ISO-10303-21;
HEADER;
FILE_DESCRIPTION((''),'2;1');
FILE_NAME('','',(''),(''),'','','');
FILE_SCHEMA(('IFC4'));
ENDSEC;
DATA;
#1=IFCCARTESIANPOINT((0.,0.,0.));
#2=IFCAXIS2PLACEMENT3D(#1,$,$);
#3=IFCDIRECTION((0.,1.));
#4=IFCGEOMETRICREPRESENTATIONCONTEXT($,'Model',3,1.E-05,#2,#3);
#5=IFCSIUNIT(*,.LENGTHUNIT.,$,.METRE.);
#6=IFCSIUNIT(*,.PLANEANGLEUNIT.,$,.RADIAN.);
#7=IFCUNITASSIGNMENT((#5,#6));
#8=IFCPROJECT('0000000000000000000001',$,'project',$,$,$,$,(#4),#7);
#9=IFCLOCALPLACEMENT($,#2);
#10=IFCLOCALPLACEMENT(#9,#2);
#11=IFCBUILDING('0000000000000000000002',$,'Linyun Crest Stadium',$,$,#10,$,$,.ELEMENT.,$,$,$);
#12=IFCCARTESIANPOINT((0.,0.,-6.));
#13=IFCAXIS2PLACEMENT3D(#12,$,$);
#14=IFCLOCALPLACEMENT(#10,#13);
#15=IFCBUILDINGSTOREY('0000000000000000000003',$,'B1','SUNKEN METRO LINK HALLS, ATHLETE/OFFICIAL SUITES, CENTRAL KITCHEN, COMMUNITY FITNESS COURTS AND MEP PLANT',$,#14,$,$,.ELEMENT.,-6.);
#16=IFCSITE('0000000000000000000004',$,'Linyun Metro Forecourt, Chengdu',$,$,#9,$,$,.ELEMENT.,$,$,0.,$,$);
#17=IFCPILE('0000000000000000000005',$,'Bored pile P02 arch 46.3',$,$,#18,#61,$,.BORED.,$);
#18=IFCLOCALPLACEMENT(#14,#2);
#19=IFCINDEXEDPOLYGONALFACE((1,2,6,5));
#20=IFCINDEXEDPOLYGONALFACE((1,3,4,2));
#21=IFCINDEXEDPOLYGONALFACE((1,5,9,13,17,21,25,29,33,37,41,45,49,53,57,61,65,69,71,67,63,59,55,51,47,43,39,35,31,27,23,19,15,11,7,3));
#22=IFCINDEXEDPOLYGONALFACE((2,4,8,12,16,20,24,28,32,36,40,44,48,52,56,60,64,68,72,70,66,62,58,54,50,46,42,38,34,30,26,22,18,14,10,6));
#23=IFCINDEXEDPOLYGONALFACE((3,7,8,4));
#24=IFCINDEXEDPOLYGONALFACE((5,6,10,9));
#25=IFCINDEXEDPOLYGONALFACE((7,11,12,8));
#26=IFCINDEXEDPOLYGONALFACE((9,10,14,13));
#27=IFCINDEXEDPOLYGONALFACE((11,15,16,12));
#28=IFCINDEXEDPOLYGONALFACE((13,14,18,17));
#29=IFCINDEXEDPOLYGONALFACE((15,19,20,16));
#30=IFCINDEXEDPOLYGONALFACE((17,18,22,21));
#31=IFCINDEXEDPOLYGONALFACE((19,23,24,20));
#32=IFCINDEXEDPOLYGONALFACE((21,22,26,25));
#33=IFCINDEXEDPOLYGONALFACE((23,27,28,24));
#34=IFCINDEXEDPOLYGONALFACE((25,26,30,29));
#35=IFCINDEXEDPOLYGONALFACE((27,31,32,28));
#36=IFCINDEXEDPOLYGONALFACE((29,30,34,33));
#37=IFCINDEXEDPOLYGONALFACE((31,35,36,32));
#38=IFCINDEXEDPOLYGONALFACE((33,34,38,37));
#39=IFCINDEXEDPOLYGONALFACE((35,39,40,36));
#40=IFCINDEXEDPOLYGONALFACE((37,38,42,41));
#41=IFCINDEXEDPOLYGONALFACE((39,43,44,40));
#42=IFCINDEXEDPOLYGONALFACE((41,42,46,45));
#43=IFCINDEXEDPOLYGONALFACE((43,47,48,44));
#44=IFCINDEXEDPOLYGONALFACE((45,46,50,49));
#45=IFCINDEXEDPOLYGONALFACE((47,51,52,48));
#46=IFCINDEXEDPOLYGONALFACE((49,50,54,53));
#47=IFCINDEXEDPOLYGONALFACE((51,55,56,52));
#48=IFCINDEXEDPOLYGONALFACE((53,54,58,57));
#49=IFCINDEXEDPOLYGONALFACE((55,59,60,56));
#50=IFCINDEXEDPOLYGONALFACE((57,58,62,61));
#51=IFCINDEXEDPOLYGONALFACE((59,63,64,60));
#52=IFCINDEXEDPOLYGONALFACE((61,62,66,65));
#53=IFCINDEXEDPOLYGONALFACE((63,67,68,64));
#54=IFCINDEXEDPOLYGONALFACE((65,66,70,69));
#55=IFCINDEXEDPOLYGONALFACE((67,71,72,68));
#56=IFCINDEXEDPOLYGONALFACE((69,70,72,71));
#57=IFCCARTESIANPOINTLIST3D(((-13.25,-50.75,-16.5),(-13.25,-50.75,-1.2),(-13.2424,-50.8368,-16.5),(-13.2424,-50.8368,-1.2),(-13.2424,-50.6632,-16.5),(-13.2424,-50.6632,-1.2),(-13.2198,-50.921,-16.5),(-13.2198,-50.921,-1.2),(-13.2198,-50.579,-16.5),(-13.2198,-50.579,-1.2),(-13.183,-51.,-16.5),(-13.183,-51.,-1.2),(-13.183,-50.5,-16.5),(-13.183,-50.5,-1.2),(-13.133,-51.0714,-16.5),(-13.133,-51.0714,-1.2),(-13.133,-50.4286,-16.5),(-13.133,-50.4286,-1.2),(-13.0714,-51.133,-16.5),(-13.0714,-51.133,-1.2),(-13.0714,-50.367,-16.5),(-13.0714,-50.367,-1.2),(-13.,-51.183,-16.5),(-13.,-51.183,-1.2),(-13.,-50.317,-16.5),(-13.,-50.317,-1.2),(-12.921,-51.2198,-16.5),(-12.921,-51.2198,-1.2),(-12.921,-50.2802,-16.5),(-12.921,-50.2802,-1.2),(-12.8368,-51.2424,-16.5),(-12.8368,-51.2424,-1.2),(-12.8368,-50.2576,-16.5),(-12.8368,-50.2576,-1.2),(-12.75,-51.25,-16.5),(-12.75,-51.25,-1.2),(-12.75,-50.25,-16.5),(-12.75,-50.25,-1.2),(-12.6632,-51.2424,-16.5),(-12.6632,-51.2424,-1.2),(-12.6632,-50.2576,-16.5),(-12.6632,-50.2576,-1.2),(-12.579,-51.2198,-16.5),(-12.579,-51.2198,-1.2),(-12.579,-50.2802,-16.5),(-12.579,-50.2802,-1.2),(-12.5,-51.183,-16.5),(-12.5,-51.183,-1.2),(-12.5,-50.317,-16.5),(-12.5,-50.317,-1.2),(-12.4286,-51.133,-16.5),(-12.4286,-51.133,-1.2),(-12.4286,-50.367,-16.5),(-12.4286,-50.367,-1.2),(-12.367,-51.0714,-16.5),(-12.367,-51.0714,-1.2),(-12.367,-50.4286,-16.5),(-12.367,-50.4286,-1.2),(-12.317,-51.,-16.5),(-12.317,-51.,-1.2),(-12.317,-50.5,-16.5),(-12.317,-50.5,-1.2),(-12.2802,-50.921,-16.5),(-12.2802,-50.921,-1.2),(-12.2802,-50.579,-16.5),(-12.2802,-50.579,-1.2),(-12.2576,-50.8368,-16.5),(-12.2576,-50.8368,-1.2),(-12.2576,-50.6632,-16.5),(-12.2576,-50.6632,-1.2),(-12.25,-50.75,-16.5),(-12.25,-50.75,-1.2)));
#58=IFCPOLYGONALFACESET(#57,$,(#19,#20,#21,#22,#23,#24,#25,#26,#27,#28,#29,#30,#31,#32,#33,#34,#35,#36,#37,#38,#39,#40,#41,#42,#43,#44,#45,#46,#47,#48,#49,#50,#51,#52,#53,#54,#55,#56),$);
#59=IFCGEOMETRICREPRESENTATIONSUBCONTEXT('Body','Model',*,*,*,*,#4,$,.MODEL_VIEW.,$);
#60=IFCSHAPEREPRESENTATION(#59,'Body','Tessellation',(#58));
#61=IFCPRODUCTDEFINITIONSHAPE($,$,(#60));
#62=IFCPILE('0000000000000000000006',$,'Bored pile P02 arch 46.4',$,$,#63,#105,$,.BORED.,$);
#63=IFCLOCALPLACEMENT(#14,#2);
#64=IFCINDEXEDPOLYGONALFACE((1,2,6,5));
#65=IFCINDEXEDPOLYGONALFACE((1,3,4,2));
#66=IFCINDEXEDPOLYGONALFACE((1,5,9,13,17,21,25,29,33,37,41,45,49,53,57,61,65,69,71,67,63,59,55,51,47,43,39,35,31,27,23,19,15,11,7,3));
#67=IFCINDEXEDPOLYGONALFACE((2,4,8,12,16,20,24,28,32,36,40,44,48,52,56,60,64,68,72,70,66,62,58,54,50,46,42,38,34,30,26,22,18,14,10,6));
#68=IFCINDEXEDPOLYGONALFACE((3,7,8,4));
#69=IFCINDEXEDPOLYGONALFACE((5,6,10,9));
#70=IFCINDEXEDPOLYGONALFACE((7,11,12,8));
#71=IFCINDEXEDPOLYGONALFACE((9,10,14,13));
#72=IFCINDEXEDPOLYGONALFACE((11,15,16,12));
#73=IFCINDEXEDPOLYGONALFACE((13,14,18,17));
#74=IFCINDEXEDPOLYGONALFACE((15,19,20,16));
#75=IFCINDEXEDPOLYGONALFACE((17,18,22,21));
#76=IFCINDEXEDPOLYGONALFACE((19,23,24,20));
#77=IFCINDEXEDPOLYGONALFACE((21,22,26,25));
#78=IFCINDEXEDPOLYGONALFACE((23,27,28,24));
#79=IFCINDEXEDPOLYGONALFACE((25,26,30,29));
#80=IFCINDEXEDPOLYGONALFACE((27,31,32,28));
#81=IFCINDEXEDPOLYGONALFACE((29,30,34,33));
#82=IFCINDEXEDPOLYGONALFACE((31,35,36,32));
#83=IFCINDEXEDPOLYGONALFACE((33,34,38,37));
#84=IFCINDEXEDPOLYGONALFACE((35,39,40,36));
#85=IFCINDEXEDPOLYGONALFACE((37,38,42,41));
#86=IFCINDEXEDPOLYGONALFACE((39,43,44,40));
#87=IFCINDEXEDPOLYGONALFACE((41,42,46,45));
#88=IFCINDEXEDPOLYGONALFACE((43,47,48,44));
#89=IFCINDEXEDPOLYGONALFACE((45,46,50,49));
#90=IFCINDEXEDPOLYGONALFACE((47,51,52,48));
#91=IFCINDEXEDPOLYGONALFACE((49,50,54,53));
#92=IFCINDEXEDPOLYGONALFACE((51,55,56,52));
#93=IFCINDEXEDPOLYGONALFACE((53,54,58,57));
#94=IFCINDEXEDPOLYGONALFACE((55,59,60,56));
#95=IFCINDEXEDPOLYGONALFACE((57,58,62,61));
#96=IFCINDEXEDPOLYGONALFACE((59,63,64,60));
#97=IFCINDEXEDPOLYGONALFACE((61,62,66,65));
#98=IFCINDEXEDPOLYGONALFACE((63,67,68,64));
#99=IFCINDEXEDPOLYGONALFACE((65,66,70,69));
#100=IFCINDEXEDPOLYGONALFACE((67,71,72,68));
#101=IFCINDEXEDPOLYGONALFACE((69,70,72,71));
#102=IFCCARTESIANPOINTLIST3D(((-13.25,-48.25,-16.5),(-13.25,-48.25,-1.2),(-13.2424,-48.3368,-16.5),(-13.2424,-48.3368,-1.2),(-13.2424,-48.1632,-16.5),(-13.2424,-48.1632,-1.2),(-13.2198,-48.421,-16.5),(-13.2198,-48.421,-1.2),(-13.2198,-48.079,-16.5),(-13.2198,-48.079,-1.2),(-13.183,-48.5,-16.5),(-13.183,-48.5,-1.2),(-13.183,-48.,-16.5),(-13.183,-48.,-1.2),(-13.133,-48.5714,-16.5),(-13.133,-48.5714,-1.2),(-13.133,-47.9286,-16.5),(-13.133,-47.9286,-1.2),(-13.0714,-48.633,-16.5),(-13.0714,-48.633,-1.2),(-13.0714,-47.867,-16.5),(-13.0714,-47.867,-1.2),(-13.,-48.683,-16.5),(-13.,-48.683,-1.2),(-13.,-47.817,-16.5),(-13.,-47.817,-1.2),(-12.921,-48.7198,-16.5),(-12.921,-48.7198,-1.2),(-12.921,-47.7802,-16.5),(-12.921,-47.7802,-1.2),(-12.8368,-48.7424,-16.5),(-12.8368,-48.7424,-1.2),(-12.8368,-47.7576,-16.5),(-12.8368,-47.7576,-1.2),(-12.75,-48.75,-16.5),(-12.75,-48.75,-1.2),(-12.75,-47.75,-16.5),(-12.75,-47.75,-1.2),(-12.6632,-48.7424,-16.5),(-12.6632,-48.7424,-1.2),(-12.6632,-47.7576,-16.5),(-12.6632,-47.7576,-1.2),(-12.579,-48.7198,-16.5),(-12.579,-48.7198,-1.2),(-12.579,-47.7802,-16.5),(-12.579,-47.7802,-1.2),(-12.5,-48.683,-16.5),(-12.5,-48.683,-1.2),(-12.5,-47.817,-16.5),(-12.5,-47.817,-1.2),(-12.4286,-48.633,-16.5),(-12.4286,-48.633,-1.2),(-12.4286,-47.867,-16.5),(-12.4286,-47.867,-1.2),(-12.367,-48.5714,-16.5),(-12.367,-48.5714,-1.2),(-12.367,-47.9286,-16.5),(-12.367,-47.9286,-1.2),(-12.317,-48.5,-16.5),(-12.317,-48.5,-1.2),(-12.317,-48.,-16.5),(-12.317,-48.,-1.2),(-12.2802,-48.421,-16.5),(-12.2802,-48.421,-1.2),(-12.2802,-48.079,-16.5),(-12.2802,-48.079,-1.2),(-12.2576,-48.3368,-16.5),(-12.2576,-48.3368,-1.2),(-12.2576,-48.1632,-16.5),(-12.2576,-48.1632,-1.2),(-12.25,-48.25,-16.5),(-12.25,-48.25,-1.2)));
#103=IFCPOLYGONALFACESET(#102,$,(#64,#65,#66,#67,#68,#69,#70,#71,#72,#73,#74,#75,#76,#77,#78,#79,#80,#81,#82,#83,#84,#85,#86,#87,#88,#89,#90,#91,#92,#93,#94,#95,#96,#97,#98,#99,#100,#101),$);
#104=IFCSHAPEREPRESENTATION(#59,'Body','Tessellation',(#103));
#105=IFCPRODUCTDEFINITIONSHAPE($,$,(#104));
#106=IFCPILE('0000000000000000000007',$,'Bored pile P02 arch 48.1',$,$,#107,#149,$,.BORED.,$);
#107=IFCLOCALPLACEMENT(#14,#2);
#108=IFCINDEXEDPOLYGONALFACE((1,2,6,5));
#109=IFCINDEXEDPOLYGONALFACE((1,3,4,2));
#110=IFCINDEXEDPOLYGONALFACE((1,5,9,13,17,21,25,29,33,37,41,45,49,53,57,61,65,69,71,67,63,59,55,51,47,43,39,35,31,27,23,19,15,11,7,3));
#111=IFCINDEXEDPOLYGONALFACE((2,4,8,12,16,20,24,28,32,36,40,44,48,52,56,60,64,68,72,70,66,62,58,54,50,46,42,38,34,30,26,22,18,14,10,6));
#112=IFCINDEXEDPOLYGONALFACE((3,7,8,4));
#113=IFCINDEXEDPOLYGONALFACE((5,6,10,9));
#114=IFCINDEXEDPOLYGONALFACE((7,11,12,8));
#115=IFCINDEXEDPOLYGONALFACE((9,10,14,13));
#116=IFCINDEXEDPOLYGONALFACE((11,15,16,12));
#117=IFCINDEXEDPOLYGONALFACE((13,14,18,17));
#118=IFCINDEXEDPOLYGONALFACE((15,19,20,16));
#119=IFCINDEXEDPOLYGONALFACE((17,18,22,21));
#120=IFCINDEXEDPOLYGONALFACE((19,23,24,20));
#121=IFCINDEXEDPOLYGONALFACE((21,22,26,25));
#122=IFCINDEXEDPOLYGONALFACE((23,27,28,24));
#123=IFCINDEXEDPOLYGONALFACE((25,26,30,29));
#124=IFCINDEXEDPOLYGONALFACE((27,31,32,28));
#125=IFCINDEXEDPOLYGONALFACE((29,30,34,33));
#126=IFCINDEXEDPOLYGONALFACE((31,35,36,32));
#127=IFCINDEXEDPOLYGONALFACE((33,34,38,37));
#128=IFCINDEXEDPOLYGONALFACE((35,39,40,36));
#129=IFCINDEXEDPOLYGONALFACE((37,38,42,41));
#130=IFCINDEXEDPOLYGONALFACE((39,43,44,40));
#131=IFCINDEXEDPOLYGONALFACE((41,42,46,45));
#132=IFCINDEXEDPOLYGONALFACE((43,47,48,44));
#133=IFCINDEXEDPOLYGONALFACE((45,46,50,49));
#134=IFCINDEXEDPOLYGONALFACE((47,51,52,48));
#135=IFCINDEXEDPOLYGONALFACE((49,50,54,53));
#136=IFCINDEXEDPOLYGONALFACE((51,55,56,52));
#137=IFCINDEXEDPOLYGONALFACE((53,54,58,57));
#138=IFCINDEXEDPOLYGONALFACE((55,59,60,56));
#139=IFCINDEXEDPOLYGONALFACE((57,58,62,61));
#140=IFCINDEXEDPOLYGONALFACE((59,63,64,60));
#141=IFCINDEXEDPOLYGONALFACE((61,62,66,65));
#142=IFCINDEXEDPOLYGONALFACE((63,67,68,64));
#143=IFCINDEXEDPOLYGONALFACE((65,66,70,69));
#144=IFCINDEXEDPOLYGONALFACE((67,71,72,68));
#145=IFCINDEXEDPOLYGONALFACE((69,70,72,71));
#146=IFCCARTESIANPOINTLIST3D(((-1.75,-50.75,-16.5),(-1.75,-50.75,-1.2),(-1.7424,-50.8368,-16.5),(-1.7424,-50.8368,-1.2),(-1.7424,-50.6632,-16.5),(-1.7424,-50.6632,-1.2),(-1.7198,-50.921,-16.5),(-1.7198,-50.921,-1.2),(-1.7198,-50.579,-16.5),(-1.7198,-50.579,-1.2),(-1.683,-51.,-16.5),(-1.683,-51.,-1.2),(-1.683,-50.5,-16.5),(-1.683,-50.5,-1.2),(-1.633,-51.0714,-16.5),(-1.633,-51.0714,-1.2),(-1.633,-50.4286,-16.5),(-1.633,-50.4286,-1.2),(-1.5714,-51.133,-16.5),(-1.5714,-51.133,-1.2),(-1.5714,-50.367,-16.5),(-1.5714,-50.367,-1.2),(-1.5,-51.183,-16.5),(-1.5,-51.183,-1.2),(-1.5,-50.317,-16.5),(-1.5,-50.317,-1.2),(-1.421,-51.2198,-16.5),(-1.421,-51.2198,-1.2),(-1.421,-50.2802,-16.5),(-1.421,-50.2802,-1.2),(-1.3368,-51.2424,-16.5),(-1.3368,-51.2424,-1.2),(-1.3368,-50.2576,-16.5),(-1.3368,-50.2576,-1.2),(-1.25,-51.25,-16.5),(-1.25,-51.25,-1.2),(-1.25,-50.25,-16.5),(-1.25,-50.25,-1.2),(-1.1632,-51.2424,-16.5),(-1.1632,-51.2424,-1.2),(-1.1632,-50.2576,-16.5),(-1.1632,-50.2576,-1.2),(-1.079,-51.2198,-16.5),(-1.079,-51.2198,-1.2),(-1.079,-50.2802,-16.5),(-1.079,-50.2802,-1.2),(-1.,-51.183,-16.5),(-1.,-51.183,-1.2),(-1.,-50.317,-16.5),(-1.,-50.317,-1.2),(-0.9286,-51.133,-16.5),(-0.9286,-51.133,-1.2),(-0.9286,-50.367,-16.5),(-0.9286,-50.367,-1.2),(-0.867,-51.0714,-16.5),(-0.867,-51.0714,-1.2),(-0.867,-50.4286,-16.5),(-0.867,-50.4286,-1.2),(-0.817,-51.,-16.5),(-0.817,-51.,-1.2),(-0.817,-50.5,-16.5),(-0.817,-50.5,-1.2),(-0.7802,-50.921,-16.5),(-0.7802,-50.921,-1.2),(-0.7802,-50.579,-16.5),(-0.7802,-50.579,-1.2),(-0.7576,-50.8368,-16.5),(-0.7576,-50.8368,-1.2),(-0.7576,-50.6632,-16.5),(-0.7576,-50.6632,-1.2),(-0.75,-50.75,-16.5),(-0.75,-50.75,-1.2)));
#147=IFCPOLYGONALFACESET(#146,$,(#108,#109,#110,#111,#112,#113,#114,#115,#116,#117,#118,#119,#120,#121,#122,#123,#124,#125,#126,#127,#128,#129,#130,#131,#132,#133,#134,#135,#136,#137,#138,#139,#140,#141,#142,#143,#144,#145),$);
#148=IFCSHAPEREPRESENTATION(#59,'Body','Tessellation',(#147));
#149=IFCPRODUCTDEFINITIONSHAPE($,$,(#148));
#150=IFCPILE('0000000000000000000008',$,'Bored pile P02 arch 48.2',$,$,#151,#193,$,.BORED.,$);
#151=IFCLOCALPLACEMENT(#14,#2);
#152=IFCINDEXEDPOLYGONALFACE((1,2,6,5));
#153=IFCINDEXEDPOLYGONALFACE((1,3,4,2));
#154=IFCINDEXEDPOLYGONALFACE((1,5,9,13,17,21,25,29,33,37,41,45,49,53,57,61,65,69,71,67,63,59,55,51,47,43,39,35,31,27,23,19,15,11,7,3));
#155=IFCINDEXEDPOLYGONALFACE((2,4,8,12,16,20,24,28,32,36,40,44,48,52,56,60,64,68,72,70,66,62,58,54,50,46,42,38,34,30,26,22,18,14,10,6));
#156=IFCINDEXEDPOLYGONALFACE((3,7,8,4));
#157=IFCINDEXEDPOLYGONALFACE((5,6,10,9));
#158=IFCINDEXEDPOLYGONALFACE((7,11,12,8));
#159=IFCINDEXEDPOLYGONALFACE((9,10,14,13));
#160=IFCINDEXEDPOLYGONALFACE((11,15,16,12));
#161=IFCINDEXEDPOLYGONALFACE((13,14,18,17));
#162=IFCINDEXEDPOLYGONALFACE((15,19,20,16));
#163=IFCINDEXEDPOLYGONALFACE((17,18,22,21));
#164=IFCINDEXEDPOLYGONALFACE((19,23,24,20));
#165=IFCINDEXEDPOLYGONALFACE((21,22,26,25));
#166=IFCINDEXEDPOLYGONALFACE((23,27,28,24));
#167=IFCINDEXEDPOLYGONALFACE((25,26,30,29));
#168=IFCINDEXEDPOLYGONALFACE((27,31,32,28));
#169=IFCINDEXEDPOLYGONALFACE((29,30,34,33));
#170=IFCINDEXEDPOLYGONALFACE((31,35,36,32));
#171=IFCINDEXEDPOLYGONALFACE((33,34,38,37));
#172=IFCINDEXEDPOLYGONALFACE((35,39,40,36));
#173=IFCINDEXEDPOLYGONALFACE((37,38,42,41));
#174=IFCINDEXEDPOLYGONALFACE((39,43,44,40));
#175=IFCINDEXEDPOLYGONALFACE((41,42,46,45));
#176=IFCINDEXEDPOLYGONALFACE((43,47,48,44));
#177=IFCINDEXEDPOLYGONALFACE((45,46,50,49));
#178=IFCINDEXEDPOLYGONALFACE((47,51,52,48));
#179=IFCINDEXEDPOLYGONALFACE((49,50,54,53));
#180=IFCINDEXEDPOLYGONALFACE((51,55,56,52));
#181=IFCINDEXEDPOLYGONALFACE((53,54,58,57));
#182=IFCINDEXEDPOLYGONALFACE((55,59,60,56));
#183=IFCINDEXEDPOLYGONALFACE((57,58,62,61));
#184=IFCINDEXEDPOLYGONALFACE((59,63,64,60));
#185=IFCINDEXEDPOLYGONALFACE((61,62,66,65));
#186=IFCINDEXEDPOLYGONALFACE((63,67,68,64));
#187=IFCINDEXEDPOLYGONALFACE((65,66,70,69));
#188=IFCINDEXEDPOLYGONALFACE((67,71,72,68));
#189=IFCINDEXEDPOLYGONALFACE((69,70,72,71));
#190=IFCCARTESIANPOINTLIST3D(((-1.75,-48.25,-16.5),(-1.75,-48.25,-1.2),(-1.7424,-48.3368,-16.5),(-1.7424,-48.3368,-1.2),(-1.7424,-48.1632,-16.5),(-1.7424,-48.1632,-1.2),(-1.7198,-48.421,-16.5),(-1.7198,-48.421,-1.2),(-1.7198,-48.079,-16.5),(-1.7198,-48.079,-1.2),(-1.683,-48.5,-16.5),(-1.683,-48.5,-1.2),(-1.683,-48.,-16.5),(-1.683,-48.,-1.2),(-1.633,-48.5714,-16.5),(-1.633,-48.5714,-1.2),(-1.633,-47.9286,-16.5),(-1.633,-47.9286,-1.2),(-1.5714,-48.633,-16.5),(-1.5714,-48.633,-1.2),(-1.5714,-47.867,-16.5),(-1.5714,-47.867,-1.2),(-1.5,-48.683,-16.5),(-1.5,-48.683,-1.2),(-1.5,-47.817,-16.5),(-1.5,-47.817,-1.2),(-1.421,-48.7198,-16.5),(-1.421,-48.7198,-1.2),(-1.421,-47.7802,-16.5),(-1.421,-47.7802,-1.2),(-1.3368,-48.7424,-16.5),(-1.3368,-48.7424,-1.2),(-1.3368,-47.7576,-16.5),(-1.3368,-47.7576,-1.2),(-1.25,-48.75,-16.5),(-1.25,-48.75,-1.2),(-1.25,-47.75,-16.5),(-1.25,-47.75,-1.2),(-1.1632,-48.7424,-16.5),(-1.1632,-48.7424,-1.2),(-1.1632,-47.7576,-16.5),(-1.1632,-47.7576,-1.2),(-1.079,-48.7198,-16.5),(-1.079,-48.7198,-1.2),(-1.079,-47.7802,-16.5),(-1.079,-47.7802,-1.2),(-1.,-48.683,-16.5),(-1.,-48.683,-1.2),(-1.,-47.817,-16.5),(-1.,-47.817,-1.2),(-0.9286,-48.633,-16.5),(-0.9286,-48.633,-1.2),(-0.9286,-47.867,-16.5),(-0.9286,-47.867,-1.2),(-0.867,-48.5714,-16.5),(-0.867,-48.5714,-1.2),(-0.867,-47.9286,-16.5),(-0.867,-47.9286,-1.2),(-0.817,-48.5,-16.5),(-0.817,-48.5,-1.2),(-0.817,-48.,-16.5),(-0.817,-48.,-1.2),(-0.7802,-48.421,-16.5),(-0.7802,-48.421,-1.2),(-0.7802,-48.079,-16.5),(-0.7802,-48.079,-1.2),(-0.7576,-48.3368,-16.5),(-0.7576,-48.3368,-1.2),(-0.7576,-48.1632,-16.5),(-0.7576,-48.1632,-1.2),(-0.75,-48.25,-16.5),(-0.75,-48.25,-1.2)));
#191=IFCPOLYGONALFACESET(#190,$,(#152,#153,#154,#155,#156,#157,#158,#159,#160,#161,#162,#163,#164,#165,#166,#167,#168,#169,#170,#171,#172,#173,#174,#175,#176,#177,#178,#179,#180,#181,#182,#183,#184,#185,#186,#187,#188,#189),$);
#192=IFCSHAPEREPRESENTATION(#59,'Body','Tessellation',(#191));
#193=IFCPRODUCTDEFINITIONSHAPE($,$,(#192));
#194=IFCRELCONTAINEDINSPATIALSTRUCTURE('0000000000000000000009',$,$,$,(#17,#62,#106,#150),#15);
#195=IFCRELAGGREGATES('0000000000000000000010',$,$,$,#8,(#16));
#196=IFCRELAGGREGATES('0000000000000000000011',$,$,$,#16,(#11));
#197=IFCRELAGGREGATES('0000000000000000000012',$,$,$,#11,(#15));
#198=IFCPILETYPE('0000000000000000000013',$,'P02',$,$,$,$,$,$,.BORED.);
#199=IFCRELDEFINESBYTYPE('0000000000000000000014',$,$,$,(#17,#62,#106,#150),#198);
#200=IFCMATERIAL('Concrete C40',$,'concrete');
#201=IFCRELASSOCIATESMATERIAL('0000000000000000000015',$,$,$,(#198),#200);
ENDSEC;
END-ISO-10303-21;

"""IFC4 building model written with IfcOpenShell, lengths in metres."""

from ifc_helpers import new_model, si_unit, direction, frame, origin, origin_2d, place, context, subcontext, project, spatial, circle, extrude, material, material_profile, profile_set, type_object, element, save


model = new_model("IFC4")

# Units and contexts
model_context = context("Model", 3, precision=1e-05, world=origin(), true_north=direction((0.0, 1.0)))
body_context = subcontext(model_context, "Body", "Model", "MODEL_VIEW")
ifc_project = project(units=[si_unit("LENGTHUNIT", "METRE"), si_unit("PLANEANGLEUNIT", "RADIAN")], contexts=[model_context])

# Site, building, storey
site_placement = place(None, origin())
site = spatial("IfcSite", under=ifc_project, at=site_placement, Name="Linyun Metro Forecourt, Chengdu", CompositionType="ELEMENT", RefElevation=0.0)
building_placement = place(site_placement, origin())
building = spatial("IfcBuilding", under=site, at=building_placement, Name="Linyun Crest Stadium", CompositionType="ELEMENT")
storey_placement = place(building_placement, frame((0.0, 0.0, -6.0)))
storey = spatial("IfcBuildingStorey", under=building, at=storey_placement, Name="B1", Description="SUNKEN METRO LINK HALLS, ATHLETE/OFFICIAL SUITES, CENTRAL KITCHEN, COMMUNITY FITNESS COURTS AND MEP PLANT", CompositionType="ELEMENT", Elevation=-6.0)

# Piles
ifc_material_1 = material(Name="Concrete C40", Category="concrete")
ifc_material_profile_1 = material_profile(ifc_material_1, circle(Radius=0.5, at=origin_2d()), Name="BORED PILE 1000")
ifc_profile_set_1 = profile_set([ifc_material_profile_1], Name="Concrete C40")
pile_type_1 = type_object("IfcPileType", Name="P02", PredefinedType="BORED", material=ifc_profile_set_1)
for number, where, z_axis, x_axis, name in (
    (1, (-12.75, -50.75, -1.2), (0.0, 0.0, -1.0), (1.0, 0.0, 0.0), "Bored pile P02 arch 46.3"),
    (2, (-12.75, -48.25, -1.2), (0.0, 0.0, -1.0), (1.0, 0.0, 0.0), "Bored pile P02 arch 46.4"),
    (3, (-1.25, -50.75, -1.2), (0.0, 0.0, -1.0), (1.0, 0.0, 0.0), "Bored pile P02 arch 48.1"),
    (4, (-1.25, -48.25, -1.2), (0.0, 0.0, -1.0), (1.0, 0.0, 0.0), "Bored pile P02 arch 48.2"),
):
    element("IfcPile", number, at=place(storey_placement, frame(where, z_axis=z_axis, x_axis=x_axis)), inside=storey, type_object=pile_type_1, Name=name, PredefinedType="BORED", context=body_context, shape_type="SweptSolid", body=[
        extrude(circle(Radius=0.5, at=origin_2d()), origin(), (0.0, 0.0, 1.0), 15.3),
    ])

save(model, "model.ifc")
